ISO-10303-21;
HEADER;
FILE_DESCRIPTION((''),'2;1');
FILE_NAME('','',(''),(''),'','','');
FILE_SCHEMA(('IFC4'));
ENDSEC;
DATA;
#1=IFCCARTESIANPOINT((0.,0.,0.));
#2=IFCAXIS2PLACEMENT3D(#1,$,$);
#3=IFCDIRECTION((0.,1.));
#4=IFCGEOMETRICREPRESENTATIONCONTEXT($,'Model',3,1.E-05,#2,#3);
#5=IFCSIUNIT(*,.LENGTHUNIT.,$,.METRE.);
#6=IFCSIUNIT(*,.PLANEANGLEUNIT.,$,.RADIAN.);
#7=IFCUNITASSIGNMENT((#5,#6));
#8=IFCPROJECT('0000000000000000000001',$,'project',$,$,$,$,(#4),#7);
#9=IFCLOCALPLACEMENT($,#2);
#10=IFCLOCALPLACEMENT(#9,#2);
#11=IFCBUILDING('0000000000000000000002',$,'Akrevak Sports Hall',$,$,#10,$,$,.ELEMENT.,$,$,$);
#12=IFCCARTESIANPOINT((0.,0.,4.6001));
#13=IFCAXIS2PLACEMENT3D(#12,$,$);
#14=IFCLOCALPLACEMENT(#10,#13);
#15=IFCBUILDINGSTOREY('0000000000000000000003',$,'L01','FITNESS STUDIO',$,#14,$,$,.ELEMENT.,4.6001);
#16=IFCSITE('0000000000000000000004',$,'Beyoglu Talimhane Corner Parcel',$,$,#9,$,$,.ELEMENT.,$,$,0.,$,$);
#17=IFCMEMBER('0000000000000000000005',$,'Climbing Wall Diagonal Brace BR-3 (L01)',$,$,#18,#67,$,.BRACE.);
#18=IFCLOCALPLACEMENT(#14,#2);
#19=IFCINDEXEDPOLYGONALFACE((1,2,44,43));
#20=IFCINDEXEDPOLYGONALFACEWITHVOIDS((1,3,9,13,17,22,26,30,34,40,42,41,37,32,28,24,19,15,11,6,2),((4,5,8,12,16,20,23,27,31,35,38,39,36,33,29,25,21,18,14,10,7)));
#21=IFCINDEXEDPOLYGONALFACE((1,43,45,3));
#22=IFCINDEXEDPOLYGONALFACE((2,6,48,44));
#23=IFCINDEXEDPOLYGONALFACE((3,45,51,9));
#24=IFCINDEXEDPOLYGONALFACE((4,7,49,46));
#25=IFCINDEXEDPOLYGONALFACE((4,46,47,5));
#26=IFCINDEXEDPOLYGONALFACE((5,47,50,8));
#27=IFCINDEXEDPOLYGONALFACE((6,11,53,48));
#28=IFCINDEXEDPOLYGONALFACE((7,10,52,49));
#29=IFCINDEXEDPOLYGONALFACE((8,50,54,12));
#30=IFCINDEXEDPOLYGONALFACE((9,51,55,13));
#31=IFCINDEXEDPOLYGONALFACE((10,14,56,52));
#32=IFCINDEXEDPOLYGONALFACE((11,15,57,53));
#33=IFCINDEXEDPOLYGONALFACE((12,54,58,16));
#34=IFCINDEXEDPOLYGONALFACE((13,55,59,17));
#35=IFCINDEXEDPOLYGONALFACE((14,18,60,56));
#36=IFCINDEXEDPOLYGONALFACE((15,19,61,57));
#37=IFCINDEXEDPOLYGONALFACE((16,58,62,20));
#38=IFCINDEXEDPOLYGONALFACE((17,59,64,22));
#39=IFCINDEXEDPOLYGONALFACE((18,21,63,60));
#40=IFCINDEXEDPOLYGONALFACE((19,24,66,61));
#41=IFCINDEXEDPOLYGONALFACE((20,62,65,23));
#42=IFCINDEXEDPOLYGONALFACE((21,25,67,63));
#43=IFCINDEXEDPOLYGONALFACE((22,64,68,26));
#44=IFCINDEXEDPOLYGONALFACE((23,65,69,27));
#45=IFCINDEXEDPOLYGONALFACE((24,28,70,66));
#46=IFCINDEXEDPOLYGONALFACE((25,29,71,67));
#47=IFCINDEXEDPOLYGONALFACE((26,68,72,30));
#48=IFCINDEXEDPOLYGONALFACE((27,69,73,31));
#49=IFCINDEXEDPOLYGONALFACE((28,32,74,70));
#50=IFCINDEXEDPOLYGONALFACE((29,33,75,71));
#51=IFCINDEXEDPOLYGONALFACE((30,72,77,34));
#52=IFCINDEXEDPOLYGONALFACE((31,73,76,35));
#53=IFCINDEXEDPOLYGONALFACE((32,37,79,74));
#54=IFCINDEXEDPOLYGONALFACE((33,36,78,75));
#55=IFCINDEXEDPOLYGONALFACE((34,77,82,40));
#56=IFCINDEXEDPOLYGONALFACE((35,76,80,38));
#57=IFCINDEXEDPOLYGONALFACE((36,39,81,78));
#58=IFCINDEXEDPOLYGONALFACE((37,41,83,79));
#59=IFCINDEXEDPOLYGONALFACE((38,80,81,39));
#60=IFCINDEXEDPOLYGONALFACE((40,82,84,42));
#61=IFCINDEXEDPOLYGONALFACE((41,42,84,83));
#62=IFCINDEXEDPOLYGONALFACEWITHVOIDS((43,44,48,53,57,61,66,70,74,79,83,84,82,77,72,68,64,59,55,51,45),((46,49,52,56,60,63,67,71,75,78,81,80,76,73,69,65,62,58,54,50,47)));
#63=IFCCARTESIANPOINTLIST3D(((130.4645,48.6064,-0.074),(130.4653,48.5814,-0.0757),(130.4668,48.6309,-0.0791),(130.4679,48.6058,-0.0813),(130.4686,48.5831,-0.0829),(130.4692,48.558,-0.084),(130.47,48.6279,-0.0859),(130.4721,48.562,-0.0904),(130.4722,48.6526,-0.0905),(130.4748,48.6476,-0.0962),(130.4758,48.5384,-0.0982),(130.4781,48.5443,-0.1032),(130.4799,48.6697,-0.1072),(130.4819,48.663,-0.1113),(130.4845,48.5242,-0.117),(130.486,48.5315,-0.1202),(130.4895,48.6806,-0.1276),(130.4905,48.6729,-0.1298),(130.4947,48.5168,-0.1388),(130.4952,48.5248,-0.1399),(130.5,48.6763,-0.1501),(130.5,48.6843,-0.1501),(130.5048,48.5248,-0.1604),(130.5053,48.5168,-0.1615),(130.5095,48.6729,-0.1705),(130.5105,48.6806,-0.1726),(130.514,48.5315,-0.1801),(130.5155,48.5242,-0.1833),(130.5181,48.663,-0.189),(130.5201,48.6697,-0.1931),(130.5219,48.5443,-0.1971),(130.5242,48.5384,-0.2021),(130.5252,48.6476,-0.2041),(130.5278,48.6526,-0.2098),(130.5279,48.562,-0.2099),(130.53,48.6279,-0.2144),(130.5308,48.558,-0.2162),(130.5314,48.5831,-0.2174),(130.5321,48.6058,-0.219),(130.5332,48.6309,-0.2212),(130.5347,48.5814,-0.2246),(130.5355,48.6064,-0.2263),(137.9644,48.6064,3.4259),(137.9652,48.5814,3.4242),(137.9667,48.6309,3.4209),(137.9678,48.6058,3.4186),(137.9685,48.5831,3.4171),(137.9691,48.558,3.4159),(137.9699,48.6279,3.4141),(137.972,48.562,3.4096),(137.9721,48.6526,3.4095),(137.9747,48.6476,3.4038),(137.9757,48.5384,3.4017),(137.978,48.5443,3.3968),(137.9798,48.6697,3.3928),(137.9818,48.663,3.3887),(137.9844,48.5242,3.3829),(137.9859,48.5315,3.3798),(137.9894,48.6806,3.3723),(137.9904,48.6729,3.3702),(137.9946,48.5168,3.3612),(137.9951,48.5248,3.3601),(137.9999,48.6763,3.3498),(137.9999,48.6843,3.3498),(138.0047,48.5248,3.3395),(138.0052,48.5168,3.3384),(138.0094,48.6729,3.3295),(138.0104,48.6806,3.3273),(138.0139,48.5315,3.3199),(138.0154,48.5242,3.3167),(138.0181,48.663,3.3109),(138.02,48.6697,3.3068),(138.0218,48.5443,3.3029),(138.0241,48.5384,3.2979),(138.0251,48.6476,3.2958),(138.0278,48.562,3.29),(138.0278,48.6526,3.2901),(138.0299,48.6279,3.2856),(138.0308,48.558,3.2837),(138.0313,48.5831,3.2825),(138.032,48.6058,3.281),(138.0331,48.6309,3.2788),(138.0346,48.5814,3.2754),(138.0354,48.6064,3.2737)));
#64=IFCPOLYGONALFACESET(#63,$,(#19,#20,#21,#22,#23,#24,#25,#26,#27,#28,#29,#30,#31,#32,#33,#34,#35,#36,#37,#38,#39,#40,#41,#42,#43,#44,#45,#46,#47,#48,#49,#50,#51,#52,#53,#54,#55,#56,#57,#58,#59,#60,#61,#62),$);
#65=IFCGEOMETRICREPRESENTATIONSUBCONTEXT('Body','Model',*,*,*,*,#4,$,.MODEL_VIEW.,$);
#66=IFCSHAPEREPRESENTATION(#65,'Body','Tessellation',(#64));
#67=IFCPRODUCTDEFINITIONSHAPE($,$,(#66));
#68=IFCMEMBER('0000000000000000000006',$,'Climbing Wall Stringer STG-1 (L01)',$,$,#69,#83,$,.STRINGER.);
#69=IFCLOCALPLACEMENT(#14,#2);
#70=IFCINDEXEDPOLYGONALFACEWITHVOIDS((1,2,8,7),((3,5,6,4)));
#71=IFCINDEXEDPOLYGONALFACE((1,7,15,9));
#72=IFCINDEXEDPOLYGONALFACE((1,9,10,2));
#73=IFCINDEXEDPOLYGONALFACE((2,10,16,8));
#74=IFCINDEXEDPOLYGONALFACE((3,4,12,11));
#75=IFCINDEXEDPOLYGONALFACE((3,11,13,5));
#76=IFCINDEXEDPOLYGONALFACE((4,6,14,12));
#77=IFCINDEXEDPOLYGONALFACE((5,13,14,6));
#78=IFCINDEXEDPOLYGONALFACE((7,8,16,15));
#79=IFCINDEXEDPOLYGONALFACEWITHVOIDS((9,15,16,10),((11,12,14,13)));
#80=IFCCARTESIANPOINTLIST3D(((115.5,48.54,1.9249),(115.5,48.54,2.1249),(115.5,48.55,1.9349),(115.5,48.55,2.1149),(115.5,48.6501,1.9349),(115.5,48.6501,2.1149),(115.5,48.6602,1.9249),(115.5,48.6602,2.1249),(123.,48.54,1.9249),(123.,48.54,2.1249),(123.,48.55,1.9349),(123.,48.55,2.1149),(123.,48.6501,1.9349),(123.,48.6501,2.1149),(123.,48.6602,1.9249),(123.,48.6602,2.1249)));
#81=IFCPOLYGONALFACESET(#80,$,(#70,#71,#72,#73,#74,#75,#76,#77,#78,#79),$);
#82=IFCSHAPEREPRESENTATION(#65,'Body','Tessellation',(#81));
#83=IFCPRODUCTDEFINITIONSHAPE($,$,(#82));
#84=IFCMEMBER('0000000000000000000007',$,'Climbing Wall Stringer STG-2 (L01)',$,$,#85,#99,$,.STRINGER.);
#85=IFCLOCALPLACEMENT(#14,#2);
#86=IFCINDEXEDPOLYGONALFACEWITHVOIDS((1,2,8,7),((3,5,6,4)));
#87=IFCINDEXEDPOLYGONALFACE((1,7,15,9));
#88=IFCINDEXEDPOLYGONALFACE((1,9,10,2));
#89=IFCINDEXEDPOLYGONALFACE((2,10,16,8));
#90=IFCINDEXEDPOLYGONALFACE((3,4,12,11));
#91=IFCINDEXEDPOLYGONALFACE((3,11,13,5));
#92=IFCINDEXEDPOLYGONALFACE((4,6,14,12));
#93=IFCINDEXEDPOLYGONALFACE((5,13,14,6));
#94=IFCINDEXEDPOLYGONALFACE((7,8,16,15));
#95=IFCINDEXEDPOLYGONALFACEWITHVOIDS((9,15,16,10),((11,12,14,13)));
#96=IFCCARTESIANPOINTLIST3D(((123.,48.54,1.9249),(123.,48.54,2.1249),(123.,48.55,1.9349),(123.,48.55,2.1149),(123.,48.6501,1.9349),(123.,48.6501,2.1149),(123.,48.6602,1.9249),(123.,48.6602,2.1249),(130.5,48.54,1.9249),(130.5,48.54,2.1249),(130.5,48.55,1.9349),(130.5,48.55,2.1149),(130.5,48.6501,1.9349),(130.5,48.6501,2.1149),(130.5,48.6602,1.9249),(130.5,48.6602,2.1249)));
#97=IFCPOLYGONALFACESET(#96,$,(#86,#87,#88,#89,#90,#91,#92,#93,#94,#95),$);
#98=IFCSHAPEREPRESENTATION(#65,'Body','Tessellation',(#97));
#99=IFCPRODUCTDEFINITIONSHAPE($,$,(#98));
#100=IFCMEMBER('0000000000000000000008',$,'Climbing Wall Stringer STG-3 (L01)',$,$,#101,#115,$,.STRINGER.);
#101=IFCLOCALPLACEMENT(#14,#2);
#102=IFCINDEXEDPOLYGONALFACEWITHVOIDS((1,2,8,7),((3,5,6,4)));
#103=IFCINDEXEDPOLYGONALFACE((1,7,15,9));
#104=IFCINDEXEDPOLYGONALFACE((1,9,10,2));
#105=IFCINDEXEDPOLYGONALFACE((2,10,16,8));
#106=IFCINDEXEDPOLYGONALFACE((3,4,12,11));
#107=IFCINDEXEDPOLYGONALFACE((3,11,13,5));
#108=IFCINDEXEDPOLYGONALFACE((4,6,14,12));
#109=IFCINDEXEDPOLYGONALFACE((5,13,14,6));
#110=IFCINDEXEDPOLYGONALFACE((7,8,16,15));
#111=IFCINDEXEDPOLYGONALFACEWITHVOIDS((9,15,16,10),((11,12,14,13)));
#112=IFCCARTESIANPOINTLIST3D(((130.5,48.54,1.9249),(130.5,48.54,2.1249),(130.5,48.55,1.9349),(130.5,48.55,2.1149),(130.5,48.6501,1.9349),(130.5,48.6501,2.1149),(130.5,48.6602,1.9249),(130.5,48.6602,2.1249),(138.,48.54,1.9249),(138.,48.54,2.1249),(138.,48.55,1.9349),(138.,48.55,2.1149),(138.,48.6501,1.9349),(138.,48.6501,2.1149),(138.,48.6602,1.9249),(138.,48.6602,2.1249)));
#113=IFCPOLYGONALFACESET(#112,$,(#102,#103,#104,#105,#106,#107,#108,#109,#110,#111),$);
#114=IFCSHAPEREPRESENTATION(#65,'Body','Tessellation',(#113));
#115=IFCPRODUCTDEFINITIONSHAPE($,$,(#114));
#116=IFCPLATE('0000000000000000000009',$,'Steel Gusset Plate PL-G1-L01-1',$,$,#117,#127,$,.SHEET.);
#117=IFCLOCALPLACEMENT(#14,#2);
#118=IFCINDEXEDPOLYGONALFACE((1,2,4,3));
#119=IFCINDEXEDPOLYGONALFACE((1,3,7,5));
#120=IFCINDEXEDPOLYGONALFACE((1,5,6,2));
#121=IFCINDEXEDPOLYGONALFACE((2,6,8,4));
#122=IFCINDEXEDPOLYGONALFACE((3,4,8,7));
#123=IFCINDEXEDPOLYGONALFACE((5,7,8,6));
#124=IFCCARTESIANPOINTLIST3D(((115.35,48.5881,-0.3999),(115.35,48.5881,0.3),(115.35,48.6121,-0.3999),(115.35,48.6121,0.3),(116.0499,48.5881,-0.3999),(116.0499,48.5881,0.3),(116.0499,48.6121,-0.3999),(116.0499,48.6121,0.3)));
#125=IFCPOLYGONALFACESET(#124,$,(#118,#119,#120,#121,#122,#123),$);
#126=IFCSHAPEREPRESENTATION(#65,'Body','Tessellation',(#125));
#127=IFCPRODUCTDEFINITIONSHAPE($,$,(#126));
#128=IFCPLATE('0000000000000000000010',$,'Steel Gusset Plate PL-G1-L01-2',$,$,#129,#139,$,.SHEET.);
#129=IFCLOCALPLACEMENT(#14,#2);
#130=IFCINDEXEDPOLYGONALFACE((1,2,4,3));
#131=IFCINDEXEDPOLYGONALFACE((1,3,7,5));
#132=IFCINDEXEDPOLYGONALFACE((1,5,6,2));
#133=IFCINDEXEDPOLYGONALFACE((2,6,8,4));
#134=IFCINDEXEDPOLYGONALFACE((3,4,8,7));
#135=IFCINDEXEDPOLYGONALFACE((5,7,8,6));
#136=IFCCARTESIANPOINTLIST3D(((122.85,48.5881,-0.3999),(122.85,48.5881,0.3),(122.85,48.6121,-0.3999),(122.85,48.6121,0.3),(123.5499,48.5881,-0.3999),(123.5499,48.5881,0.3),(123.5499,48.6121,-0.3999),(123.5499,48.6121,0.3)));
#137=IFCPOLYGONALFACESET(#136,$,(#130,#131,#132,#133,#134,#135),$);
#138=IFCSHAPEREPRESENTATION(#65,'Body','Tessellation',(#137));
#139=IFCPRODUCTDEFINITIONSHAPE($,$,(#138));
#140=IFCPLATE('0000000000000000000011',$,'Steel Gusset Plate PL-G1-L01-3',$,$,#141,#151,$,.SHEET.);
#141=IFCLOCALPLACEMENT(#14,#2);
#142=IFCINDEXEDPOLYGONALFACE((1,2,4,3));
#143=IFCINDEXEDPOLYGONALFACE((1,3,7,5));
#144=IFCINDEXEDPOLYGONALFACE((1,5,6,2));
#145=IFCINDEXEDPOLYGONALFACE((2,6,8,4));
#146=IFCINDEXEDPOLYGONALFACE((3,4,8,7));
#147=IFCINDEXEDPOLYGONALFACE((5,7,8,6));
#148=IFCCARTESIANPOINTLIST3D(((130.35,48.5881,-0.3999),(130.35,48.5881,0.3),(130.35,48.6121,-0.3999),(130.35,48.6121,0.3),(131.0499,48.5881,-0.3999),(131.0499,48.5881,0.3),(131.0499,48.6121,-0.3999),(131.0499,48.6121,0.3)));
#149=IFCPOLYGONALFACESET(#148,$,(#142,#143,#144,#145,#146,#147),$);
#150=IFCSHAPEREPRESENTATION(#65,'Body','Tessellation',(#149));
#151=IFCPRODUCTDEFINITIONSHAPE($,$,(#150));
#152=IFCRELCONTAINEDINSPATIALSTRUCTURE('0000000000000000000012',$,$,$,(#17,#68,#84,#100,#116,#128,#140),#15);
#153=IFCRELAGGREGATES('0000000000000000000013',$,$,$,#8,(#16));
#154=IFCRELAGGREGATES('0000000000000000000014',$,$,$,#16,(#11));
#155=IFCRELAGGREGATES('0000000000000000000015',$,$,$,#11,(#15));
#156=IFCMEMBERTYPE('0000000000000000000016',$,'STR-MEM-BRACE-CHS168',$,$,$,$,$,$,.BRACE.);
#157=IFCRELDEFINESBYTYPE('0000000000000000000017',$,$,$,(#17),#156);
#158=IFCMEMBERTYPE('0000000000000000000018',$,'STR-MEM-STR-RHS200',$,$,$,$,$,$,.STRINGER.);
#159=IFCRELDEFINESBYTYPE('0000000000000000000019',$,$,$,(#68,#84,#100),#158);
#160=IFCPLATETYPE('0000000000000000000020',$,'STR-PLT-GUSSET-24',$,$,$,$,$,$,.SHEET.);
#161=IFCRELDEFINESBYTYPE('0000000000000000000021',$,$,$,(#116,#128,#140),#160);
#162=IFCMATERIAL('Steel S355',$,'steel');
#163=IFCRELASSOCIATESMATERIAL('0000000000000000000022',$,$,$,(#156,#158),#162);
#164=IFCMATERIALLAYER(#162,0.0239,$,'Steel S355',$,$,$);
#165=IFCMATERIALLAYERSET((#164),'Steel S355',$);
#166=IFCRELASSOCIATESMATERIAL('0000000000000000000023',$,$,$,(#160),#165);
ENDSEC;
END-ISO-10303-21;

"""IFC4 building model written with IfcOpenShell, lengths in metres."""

from ifc_helpers import new_model, si_unit, direction, frame, origin, origin_2d, place, context, subcontext, project, spatial, rectangle, hollow_rectangle, hollow_circle, extrude, material, layer, layer_set, material_profile, profile_set, type_object, element, save


model = new_model("IFC4")

# Units and contexts
model_context = context("Model", 3, precision=1e-05, world=origin(), true_north=direction((0.0, 1.0)))
body_context = subcontext(model_context, "Body", "Model", "MODEL_VIEW")
ifc_project = project(units=[si_unit("LENGTHUNIT", "METRE"), si_unit("PLANEANGLEUNIT", "RADIAN")], contexts=[model_context])

# Site, building, storey
site_placement = place(None, origin())
site = spatial("IfcSite", under=ifc_project, at=site_placement, Name="Beyoglu Talimhane Corner Parcel", CompositionType="ELEMENT", RefElevation=0.0)
building_placement = place(site_placement, origin())
building = spatial("IfcBuilding", under=site, at=building_placement, Name="Akrevak Sports Hall", CompositionType="ELEMENT")
storey_placement = place(building_placement, frame((0.0, 0.0, 4.6001)))
storey = spatial("IfcBuildingStorey", under=building, at=storey_placement, Name="L01", Description="FITNESS STUDIO", CompositionType="ELEMENT", Elevation=4.6001)

# Shared definitions
ifc_material_1 = material(Name="Steel S355", Category="steel")

# Members
ifc_material_profile_1 = material_profile(ifc_material_1, hollow_circle(Radius=0.0842, WallThickness=0.0081, at=origin_2d()), Name="CHS 168.3x8", Category="steel")
ifc_profile_set_1 = profile_set([ifc_material_profile_1], Name="Steel S355")
member_type_1 = type_object("IfcMemberType", Name="STR-MEM-BRACE-CHS168", PredefinedType="BRACE", material=ifc_profile_set_1)
for number, where, z_axis, x_axis, name in (
    (1, (130.5, 48.6001, -0.1501), (0.906183, 0.0, 0.422885), (0.0, 1.0, 0.0), "Climbing Wall Diagonal Brace BR-3 (L01)"),
):
    element("IfcMember", number, at=place(storey_placement, frame(where, z_axis=z_axis, x_axis=x_axis)), inside=storey, type_object=member_type_1, Name=name, PredefinedType="BRACE", context=body_context, shape_type="SweptSolid", body=[
        extrude(hollow_circle(Radius=0.0842, WallThickness=0.0081, at=origin_2d()), origin(), (0.0, 0.0, 1.0), 8.2764),
    ])
ifc_material_profile_2 = material_profile(ifc_material_1, hollow_rectangle(XDim=0.1201, YDim=0.2, WallThickness=0.01, at=origin_2d()), Name="RHS 200x120x10", Category="steel")
ifc_profile_set_2 = profile_set([ifc_material_profile_2], Name="Steel S355")
member_type_2 = type_object("IfcMemberType", Name="STR-MEM-STR-RHS200", PredefinedType="STRINGER", material=ifc_profile_set_2)
for number, where, z_axis, x_axis, name in (
    (2, (115.5, 48.6001, 2.0249), (1.0, 0.0, 0.0), (0.0, 1.0, 0.0), "Climbing Wall Stringer STG-1 (L01)"),
    (3, (123.0, 48.6001, 2.0249), (1.0, 0.0, 0.0), (0.0, 1.0, 0.0), "Climbing Wall Stringer STG-2 (L01)"),
    (4, (130.5, 48.6001, 2.0249), (1.0, 0.0, 0.0), (0.0, 1.0, 0.0), "Climbing Wall Stringer STG-3 (L01)"),
):
    element("IfcMember", number, at=place(storey_placement, frame(where, z_axis=z_axis, x_axis=x_axis)), inside=storey, type_object=member_type_2, Name=name, PredefinedType="STRINGER", context=body_context, shape_type="SweptSolid", body=[
        extrude(hollow_rectangle(XDim=0.1201, YDim=0.2, WallThickness=0.01, at=origin_2d()), origin(), (0.0, 0.0, 1.0), 7.5),
    ])

# Plates
ifc_layer_1 = layer(ifc_material_1, 0.0239, Name="Steel S355")
ifc_layer_set_1 = layer_set([ifc_layer_1], Name="Steel S355")
plate_type = type_object("IfcPlateType", Name="STR-PLT-GUSSET-24", PredefinedType="SHEET", material=ifc_layer_set_1)
for number, where, z_axis, x_axis, name in (
    (5, (115.7, 48.6001, -0.3999), (0.0, 0.0, 1.0), (1.0, 0.0, 0.0), "Steel Gusset Plate PL-G1-L01-1"),
    (6, (123.2, 48.6001, -0.3999), (0.0, 0.0, 1.0), (1.0, 0.0, 0.0), "Steel Gusset Plate PL-G1-L01-2"),
    (7, (130.7, 48.6001, -0.3999), (0.0, 0.0, 1.0), (1.0, 0.0, 0.0), "Steel Gusset Plate PL-G1-L01-3"),
):
    element("IfcPlate", number, at=place(storey_placement, frame(where, z_axis=z_axis, x_axis=x_axis)), inside=storey, type_object=plate_type, Name=name, PredefinedType="SHEET", context=body_context, shape_type="SweptSolid", body=[
        extrude(rectangle(XDim=0.7, YDim=0.0239, at=origin_2d()), origin(), (0.0, 0.0, 1.0), 0.7),
    ])

save(model, "model.ifc")
